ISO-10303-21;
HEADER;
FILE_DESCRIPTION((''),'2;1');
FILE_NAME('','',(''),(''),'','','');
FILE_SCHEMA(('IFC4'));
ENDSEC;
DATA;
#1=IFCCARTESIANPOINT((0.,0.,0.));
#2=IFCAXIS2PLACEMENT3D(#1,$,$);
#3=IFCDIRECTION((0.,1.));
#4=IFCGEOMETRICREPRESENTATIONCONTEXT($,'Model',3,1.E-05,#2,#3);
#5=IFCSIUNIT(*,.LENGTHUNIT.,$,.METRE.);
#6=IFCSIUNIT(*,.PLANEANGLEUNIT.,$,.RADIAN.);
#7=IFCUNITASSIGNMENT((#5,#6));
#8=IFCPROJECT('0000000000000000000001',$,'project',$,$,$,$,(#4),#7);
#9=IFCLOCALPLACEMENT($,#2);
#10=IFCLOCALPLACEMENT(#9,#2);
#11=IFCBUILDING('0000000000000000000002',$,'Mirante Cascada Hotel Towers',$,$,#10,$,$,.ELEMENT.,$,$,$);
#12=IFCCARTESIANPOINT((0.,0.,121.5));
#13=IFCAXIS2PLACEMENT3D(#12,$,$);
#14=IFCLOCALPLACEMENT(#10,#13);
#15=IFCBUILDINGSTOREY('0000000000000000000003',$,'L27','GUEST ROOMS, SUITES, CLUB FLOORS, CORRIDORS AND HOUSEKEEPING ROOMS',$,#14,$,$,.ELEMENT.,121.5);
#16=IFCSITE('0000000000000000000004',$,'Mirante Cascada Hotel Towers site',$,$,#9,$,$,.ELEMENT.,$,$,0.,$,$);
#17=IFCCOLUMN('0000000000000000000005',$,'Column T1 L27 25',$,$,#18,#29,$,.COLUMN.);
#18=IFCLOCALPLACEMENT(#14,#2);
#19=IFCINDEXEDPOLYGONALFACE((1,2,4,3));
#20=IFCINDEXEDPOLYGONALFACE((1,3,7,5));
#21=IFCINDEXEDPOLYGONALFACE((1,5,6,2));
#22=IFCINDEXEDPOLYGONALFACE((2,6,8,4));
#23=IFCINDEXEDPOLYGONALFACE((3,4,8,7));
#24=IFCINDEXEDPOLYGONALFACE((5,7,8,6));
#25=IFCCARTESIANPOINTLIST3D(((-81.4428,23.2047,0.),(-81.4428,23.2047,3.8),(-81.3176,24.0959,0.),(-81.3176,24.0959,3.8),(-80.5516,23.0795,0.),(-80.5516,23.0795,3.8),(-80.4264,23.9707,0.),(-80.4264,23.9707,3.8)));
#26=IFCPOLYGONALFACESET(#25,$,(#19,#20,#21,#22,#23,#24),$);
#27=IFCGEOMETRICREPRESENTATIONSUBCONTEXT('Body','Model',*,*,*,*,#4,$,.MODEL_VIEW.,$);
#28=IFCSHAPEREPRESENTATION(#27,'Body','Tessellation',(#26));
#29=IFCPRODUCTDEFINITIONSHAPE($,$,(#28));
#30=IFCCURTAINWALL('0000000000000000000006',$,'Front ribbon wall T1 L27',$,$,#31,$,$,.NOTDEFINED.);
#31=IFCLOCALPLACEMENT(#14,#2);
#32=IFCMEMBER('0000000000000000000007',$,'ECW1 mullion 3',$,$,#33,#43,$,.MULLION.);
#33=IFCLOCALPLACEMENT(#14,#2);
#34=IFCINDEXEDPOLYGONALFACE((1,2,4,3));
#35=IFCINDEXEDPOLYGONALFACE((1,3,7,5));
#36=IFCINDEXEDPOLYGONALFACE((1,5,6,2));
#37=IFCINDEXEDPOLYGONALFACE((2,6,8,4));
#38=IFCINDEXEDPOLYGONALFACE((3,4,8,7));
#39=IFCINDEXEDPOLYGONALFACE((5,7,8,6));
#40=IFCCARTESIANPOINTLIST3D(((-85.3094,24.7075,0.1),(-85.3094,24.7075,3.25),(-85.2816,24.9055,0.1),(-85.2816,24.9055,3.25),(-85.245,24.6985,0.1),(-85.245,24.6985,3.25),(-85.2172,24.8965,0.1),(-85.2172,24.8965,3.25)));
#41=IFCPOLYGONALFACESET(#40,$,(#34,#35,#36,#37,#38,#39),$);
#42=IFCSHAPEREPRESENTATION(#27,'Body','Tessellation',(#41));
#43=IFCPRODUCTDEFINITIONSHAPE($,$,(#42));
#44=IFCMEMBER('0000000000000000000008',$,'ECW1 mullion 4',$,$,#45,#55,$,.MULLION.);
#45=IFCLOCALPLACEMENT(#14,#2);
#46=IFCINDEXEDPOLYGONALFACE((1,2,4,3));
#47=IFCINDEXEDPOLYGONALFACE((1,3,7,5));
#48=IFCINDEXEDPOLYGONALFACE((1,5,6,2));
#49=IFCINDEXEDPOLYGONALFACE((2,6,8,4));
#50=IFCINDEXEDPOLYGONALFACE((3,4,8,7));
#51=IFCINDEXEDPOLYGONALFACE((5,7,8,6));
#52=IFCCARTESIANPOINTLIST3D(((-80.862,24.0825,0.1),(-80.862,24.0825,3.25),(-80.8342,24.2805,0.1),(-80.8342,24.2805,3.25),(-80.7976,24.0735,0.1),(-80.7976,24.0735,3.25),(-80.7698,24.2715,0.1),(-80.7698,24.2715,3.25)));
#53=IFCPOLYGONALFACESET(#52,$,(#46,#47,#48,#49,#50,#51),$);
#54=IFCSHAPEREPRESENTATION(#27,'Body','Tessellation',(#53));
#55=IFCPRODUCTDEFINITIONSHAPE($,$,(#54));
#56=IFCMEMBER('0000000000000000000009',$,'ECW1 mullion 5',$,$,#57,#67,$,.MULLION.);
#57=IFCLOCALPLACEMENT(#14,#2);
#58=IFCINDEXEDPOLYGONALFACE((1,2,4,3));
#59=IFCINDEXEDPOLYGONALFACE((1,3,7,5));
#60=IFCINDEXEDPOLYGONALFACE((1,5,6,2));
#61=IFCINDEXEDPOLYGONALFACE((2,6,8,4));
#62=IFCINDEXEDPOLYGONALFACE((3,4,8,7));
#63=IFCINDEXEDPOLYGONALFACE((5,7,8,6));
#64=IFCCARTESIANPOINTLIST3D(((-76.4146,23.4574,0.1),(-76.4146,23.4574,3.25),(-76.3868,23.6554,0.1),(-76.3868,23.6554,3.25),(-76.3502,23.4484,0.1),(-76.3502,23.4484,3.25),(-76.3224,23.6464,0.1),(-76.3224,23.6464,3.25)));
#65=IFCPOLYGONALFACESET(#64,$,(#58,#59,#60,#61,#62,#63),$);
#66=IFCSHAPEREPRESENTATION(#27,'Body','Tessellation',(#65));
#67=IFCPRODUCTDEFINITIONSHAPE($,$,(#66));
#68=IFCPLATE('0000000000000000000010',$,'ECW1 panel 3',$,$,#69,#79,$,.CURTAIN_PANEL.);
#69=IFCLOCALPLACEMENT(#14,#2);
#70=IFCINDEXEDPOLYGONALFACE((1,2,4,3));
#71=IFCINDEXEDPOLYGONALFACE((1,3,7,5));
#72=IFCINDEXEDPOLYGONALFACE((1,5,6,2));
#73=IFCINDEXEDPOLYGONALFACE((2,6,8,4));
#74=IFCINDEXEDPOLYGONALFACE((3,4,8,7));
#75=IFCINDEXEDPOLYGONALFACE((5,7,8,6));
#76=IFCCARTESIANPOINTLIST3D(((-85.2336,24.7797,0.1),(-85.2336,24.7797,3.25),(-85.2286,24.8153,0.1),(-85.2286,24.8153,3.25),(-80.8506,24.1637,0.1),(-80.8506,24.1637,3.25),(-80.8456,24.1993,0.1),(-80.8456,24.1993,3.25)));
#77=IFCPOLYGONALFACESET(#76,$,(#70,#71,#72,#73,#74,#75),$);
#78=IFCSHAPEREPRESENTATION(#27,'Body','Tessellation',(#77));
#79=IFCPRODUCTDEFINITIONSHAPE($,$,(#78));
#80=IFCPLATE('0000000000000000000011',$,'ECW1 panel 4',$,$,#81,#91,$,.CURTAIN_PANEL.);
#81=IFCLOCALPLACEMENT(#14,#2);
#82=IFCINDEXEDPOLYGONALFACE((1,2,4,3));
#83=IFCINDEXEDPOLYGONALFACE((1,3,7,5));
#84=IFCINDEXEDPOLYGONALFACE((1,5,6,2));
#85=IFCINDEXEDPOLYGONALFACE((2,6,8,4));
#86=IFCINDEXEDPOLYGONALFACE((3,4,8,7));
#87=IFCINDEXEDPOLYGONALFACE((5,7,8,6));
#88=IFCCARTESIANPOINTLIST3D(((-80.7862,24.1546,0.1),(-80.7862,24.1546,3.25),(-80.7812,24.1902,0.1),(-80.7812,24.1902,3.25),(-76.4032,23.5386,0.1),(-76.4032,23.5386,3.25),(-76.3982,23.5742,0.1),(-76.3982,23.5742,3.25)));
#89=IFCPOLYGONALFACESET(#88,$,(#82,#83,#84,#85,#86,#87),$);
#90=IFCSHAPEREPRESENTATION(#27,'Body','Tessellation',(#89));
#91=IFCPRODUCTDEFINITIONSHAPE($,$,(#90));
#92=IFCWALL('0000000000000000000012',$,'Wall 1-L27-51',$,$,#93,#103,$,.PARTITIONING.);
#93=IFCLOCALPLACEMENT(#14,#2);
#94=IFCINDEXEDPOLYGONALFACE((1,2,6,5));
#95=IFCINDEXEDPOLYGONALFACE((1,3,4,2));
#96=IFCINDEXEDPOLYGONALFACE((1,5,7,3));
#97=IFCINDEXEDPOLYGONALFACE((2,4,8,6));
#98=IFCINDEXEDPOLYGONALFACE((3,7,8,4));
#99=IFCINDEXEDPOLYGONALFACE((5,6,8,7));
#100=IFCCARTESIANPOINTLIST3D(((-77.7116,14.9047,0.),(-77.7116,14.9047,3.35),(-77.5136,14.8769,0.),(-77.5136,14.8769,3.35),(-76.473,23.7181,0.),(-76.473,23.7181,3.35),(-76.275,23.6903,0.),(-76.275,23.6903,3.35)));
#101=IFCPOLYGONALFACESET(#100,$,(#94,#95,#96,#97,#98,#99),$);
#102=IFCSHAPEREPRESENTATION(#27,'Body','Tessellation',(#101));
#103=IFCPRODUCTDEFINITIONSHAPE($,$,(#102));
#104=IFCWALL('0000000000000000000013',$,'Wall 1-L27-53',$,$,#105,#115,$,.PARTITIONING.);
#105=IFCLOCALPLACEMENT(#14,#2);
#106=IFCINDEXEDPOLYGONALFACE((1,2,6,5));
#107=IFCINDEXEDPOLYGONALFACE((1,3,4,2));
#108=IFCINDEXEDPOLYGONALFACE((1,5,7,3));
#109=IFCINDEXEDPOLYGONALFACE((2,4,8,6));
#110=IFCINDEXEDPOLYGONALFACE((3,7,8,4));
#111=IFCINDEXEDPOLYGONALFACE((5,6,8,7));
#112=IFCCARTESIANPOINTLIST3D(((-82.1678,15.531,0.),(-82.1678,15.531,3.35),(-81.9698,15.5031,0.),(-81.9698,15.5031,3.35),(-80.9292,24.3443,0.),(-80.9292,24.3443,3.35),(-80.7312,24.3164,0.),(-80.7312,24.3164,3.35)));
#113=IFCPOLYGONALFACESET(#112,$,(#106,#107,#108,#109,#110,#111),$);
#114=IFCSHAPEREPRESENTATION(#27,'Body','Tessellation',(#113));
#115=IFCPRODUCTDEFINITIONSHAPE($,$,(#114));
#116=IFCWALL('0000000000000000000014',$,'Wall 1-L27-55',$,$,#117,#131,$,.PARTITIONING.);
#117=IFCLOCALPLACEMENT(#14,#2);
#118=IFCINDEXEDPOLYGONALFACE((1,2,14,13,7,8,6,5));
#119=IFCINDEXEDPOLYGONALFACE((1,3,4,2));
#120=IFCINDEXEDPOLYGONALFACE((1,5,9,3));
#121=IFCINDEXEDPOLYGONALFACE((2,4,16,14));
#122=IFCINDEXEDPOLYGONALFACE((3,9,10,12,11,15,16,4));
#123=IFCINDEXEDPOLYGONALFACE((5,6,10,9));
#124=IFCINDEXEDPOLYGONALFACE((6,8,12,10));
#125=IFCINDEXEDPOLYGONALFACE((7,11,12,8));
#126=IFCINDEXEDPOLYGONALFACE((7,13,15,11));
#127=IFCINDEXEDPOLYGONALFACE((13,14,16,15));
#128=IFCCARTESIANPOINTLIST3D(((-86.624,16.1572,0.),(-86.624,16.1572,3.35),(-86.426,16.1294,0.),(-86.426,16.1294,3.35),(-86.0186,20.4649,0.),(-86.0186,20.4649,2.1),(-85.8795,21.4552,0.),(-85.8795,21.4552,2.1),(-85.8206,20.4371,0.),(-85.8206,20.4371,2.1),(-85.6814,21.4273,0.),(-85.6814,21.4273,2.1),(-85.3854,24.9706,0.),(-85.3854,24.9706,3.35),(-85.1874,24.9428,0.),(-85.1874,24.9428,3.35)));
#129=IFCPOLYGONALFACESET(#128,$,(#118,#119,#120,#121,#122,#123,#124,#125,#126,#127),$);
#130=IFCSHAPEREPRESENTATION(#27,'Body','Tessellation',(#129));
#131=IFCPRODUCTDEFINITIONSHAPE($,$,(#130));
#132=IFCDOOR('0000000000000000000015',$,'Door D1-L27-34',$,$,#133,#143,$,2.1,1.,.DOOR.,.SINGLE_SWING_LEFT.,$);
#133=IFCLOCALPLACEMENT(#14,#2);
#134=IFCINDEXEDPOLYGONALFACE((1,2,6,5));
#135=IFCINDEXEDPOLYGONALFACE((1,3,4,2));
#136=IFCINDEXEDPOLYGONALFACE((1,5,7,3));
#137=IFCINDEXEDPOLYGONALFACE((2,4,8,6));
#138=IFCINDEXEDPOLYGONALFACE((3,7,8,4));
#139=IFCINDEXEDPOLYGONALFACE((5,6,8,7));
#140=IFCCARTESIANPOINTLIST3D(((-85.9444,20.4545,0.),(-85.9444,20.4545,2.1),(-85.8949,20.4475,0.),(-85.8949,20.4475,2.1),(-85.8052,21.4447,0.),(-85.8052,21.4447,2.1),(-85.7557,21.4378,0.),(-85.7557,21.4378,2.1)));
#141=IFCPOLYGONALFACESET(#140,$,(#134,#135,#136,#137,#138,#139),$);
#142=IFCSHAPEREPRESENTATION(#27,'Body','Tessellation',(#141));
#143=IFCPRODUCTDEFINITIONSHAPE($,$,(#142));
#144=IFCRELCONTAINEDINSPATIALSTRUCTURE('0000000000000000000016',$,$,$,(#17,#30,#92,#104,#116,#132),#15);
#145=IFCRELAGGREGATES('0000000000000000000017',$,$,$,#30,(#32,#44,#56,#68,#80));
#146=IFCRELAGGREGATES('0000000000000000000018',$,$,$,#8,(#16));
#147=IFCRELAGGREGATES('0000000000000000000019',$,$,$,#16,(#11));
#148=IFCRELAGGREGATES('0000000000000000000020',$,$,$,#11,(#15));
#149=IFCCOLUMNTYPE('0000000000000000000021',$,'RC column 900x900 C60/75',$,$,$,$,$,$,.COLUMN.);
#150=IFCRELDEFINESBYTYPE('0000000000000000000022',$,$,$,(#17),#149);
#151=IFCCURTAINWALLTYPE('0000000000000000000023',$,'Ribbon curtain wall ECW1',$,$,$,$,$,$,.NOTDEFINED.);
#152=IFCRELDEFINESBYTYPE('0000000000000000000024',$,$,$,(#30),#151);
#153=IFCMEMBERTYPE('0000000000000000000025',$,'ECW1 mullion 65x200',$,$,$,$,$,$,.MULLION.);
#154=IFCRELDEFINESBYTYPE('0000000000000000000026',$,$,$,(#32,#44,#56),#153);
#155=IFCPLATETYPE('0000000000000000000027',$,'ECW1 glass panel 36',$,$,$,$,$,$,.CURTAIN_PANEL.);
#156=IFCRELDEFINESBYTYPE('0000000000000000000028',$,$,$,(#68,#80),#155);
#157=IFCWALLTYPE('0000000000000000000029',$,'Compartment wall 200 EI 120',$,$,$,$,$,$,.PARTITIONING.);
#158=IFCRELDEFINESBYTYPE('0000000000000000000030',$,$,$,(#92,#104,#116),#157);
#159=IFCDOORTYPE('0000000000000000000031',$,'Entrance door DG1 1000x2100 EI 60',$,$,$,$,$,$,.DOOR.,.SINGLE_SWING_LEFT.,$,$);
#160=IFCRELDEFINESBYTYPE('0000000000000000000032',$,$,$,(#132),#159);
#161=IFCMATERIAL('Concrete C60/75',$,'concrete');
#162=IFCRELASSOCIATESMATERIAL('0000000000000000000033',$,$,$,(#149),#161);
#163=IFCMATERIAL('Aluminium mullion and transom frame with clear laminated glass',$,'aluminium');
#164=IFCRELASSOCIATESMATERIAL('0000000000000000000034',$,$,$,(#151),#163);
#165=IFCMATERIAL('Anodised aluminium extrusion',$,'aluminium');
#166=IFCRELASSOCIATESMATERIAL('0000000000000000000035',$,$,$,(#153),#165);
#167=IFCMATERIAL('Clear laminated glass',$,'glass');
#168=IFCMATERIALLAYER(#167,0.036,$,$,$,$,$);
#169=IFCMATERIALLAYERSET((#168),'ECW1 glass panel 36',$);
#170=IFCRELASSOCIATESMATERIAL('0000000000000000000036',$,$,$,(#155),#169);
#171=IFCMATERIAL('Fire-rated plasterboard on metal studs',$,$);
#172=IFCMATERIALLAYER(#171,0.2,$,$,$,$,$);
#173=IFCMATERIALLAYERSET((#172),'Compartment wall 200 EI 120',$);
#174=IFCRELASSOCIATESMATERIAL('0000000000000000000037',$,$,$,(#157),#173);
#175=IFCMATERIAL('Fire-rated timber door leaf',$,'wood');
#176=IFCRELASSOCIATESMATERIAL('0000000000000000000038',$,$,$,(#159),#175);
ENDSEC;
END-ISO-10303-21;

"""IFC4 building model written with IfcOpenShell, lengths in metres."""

from ifc_helpers import new_model, si_unit, direction, frame, frame_2d, origin, origin_2d, place, context, subcontext, project, spatial, rectangle, extrude, material, layer, layer_set, material_profile, profile_set, type_object, element, fill, aggregate, save


model = new_model("IFC4")

# Units and contexts
model_context = context("Model", 3, precision=1e-05, world=origin(), true_north=direction((0.0, 1.0)))
body_context = subcontext(model_context, "Body", "Model", "MODEL_VIEW")
ifc_project = project(units=[si_unit("LENGTHUNIT", "METRE"), si_unit("PLANEANGLEUNIT", "RADIAN")], contexts=[model_context])

# Site, building, storey
site_placement = place(None, origin())
site = spatial("IfcSite", under=ifc_project, at=site_placement, Name="Mirante Cascada Hotel Towers site", CompositionType="ELEMENT", RefElevation=0.0)
building_placement = place(site_placement, origin())
building = spatial("IfcBuilding", under=site, at=building_placement, Name="Mirante Cascada Hotel Towers", CompositionType="ELEMENT")
storey_placement = place(building_placement, frame((0.0, 0.0, 121.5)))
storey = spatial("IfcBuildingStorey", under=building, at=storey_placement, Name="L27", Description="GUEST ROOMS, SUITES, CLUB FLOORS, CORRIDORS AND HOUSEKEEPING ROOMS", CompositionType="ELEMENT", Elevation=121.5)

# Column
ifc_material_1 = material(Name="Concrete C60/75", Category="concrete")
ifc_material_profile_1 = material_profile(ifc_material_1, rectangle(XDim=0.9, YDim=0.9, at=origin_2d()), Name="RC column 900x900 C60/75")
ifc_profile_set_1 = profile_set([ifc_material_profile_1], Name="Concrete C60/75")
column_type = type_object("IfcColumnType", Name="RC column 900x900 C60/75", PredefinedType="COLUMN", material=ifc_profile_set_1)
column_placement = place(storey_placement, frame((-80.9346, 23.5877, 0.0), z_axis=(0.0, 0.0, 1.0), x_axis=(-0.990268, 0.139173, 0.0)))
element("IfcColumn", 1, at=column_placement, inside=storey, type_object=column_type, Name="Column T1 L27 25", PredefinedType="COLUMN", context=body_context, shape_type="SweptSolid", body=[
    extrude(rectangle(XDim=0.9, YDim=0.9, at=origin_2d()), origin(), (0.0, 0.0, 1.0), 3.8),
])

# Curtain wall, members, plates
ifc_material_2 = material(Name="Aluminium mullion and transom frame with clear laminated glass", Category="aluminium")
curtain_wall_type = type_object("IfcCurtainWallType", Name="Ribbon curtain wall ECW1", PredefinedType="NOTDEFINED", material=ifc_material_2)
curtain_wall_placement = place(storey_placement, origin())
curtain_wall = element("IfcCurtainWall", 2, at=curtain_wall_placement, inside=storey, type_object=curtain_wall_type, Name="Front ribbon wall T1 L27", PredefinedType="NOTDEFINED")
ifc_material_3 = material(Name="Anodised aluminium extrusion", Category="aluminium")
ifc_material_profile_2 = material_profile(ifc_material_3, rectangle(XDim=0.2, YDim=0.065, at=origin_2d()), Name="ECW1 MULLION 65x200")
ifc_profile_set_2 = profile_set([ifc_material_profile_2], Name="Anodised aluminium extrusion")
member_type = type_object("IfcMemberType", Name="ECW1 mullion 65x200", PredefinedType="MULLION", material=ifc_profile_set_2)
member_1_placement = place(storey_placement, frame((-85.2633, 24.802, 0.1), z_axis=(0.0, 0.0, 1.0), x_axis=(0.139173, 0.990268, 0.0)))
member_1 = element("IfcMember", 3, at=member_1_placement, type_object=member_type, Name="ECW1 mullion 3", PredefinedType="MULLION", context=body_context, shape_type="SweptSolid", body=[
    extrude(rectangle(XDim=0.2, YDim=0.065, at=origin_2d()), origin(), (0.0, 0.0, 1.0), 3.15),
])
member_2_placement = place(storey_placement, frame((-80.8159, 24.177, 0.1), z_axis=(0.0, 0.0, 1.0), x_axis=(0.139173, 0.990268, 0.0)))
member_2 = element("IfcMember", 4, at=member_2_placement, type_object=member_type, Name="ECW1 mullion 4", PredefinedType="MULLION", context=body_context, shape_type="SweptSolid", body=[
    extrude(rectangle(XDim=0.2, YDim=0.065, at=origin_2d()), origin(), (0.0, 0.0, 1.0), 3.15),
])
member_3_placement = place(storey_placement, frame((-76.3685, 23.5519, 0.1), z_axis=(0.0, 0.0, 1.0), x_axis=(0.139173, 0.990268, 0.0)))
member_3 = element("IfcMember", 5, at=member_3_placement, type_object=member_type, Name="ECW1 mullion 5", PredefinedType="MULLION", context=body_context, shape_type="SweptSolid", body=[
    extrude(rectangle(XDim=0.2, YDim=0.065, at=origin_2d()), origin(), (0.0, 0.0, 1.0), 3.15),
])
ifc_material_4 = material(Name="Clear laminated glass", Category="glass")
ifc_layer_1 = layer(ifc_material_4, 0.036)
ifc_layer_set_1 = layer_set([ifc_layer_1], Name="ECW1 glass panel 36")
plate_type = type_object("IfcPlateType", Name="ECW1 glass panel 36", PredefinedType="CURTAIN_PANEL", material=ifc_layer_set_1)
plate_1_placement = place(storey_placement, frame((-83.0396, 24.4895, 0.1), z_axis=(0.0, 0.0, 1.0), x_axis=(0.990268, -0.139173, 0.0)))
plate_1 = element("IfcPlate", 6, at=plate_1_placement, type_object=plate_type, Name="ECW1 panel 3", PredefinedType="CURTAIN_PANEL", context=body_context, shape_type="SweptSolid", body=[
    extrude(rectangle(XDim=4.4261, YDim=0.036, at=origin_2d()), origin(), (0.0, 0.0, 1.0), 3.15),
])
plate_2_placement = place(storey_placement, frame((-78.5922, 23.8644, 0.1), z_axis=(0.0, 0.0, 1.0), x_axis=(0.990268, -0.139173, 0.0)))
plate_2 = element("IfcPlate", 7, at=plate_2_placement, type_object=plate_type, Name="ECW1 panel 4", PredefinedType="CURTAIN_PANEL", context=body_context, shape_type="SweptSolid", body=[
    extrude(rectangle(XDim=4.4261, YDim=0.036, at=origin_2d()), origin(), (0.0, 0.0, 1.0), 3.15),
])
aggregate(curtain_wall, [member_1, member_2, member_3, plate_1, plate_2])

# Walls
ifc_material_5 = material(Name="Fire-rated plasterboard on metal studs")
ifc_layer_2 = layer(ifc_material_5, 0.2)
ifc_layer_set_2 = layer_set([ifc_layer_2], Name="Compartment wall 200 EI 120")
wall_type_1 = type_object("IfcWallType", Name="Compartment wall 200 EI 120", PredefinedType="PARTITIONING", material=ifc_layer_set_2)
wall_1_placement = place(storey_placement, frame((-76.374, 23.7042, 0.0), z_axis=(0.0, 0.0, 1.0), x_axis=(-0.139168, -0.990269, 0.0)))
element("IfcWall", 8, at=wall_1_placement, inside=storey, type_object=wall_type_1, Name="Wall 1-L27-51", PredefinedType="PARTITIONING", context=body_context, shape_type="SweptSolid", body=[
    extrude(rectangle(XDim=8.9, YDim=0.2, at=frame_2d((4.45, 0.0))), origin(), (0.0, 0.0, 1.0), 3.35),
])
wall_2_placement = place(storey_placement, frame((-80.8302, 24.3304, 0.0), z_axis=(0.0, 0.0, 1.0), x_axis=(-0.13917, -0.990268, 0.0)))
element("IfcWall", 9, at=wall_2_placement, inside=storey, type_object=wall_type_1, Name="Wall 1-L27-53", PredefinedType="PARTITIONING", context=body_context, shape_type="SweptSolid", body=[
    extrude(rectangle(XDim=8.8999, YDim=0.2, at=frame_2d((4.45, 0.0))), origin(), (0.0, 0.0, 1.0), 3.35),
])

# Wall, opening, door
wall_3_placement = place(storey_placement, frame((-85.2864, 24.9567, 0.0), z_axis=(0.0, 0.0, 1.0), x_axis=(-0.139168, -0.990269, 0.0)))
wall_3 = element("IfcWall", 10, at=wall_3_placement, inside=storey, type_object=wall_type_1, Name="Wall 1-L27-55", PredefinedType="PARTITIONING", context=body_context, shape_type="SweptSolid", body=[
    extrude(rectangle(XDim=8.9, YDim=0.2, at=frame_2d((4.45, 0.0))), origin(), (0.0, 0.0, 1.0), 3.35),
])
opening_1_placement = place(wall_3_placement, frame((3.55, 0.0, 0.0)))
opening_1 = element("IfcOpeningElement", 11, at=opening_1_placement, cuts=wall_3, PredefinedType="OPENING", context=body_context, shape_type="SweptSolid", body=[
    extrude(rectangle(XDim=1.0, YDim=2.1, at=frame_2d((0.5, 1.05))), frame((0.0, 0.1, 0.0), z_axis=(0.0, -1.0, 0.0), x_axis=(1.0, 0.0, 0.0)), (0.0, 0.0, 1.0), 0.2),
])
ifc_material_6 = material(Name="Fire-rated timber door leaf", Category="wood")
door_type_1 = type_object("IfcDoorType", Name="Entrance door DG1 1000x2100 EI 60", OperationType="SINGLE_SWING_LEFT", PredefinedType="DOOR", material=ifc_material_6)
door_1_placement = place(opening_1_placement, origin())
door_1 = element("IfcDoor", 12, at=door_1_placement, inside=storey, type_object=door_type_1, Name="Door D1-L27-34", OperationType="SINGLE_SWING_LEFT", OverallHeight=2.1, OverallWidth=1.0, PredefinedType="DOOR", context=body_context, shape_type="SweptSolid", body=[
    extrude(rectangle(XDim=1.0, YDim=2.1, at=frame_2d((0.5, 1.05))), frame((0.0, 0.025, 0.0), z_axis=(0.0, -1.0, 0.0), x_axis=(1.0, 0.0, 0.0)), (0.0, 0.0, 1.0), 0.05),
])
fill(opening_1, door_1)

save(model, "model.ifc")
